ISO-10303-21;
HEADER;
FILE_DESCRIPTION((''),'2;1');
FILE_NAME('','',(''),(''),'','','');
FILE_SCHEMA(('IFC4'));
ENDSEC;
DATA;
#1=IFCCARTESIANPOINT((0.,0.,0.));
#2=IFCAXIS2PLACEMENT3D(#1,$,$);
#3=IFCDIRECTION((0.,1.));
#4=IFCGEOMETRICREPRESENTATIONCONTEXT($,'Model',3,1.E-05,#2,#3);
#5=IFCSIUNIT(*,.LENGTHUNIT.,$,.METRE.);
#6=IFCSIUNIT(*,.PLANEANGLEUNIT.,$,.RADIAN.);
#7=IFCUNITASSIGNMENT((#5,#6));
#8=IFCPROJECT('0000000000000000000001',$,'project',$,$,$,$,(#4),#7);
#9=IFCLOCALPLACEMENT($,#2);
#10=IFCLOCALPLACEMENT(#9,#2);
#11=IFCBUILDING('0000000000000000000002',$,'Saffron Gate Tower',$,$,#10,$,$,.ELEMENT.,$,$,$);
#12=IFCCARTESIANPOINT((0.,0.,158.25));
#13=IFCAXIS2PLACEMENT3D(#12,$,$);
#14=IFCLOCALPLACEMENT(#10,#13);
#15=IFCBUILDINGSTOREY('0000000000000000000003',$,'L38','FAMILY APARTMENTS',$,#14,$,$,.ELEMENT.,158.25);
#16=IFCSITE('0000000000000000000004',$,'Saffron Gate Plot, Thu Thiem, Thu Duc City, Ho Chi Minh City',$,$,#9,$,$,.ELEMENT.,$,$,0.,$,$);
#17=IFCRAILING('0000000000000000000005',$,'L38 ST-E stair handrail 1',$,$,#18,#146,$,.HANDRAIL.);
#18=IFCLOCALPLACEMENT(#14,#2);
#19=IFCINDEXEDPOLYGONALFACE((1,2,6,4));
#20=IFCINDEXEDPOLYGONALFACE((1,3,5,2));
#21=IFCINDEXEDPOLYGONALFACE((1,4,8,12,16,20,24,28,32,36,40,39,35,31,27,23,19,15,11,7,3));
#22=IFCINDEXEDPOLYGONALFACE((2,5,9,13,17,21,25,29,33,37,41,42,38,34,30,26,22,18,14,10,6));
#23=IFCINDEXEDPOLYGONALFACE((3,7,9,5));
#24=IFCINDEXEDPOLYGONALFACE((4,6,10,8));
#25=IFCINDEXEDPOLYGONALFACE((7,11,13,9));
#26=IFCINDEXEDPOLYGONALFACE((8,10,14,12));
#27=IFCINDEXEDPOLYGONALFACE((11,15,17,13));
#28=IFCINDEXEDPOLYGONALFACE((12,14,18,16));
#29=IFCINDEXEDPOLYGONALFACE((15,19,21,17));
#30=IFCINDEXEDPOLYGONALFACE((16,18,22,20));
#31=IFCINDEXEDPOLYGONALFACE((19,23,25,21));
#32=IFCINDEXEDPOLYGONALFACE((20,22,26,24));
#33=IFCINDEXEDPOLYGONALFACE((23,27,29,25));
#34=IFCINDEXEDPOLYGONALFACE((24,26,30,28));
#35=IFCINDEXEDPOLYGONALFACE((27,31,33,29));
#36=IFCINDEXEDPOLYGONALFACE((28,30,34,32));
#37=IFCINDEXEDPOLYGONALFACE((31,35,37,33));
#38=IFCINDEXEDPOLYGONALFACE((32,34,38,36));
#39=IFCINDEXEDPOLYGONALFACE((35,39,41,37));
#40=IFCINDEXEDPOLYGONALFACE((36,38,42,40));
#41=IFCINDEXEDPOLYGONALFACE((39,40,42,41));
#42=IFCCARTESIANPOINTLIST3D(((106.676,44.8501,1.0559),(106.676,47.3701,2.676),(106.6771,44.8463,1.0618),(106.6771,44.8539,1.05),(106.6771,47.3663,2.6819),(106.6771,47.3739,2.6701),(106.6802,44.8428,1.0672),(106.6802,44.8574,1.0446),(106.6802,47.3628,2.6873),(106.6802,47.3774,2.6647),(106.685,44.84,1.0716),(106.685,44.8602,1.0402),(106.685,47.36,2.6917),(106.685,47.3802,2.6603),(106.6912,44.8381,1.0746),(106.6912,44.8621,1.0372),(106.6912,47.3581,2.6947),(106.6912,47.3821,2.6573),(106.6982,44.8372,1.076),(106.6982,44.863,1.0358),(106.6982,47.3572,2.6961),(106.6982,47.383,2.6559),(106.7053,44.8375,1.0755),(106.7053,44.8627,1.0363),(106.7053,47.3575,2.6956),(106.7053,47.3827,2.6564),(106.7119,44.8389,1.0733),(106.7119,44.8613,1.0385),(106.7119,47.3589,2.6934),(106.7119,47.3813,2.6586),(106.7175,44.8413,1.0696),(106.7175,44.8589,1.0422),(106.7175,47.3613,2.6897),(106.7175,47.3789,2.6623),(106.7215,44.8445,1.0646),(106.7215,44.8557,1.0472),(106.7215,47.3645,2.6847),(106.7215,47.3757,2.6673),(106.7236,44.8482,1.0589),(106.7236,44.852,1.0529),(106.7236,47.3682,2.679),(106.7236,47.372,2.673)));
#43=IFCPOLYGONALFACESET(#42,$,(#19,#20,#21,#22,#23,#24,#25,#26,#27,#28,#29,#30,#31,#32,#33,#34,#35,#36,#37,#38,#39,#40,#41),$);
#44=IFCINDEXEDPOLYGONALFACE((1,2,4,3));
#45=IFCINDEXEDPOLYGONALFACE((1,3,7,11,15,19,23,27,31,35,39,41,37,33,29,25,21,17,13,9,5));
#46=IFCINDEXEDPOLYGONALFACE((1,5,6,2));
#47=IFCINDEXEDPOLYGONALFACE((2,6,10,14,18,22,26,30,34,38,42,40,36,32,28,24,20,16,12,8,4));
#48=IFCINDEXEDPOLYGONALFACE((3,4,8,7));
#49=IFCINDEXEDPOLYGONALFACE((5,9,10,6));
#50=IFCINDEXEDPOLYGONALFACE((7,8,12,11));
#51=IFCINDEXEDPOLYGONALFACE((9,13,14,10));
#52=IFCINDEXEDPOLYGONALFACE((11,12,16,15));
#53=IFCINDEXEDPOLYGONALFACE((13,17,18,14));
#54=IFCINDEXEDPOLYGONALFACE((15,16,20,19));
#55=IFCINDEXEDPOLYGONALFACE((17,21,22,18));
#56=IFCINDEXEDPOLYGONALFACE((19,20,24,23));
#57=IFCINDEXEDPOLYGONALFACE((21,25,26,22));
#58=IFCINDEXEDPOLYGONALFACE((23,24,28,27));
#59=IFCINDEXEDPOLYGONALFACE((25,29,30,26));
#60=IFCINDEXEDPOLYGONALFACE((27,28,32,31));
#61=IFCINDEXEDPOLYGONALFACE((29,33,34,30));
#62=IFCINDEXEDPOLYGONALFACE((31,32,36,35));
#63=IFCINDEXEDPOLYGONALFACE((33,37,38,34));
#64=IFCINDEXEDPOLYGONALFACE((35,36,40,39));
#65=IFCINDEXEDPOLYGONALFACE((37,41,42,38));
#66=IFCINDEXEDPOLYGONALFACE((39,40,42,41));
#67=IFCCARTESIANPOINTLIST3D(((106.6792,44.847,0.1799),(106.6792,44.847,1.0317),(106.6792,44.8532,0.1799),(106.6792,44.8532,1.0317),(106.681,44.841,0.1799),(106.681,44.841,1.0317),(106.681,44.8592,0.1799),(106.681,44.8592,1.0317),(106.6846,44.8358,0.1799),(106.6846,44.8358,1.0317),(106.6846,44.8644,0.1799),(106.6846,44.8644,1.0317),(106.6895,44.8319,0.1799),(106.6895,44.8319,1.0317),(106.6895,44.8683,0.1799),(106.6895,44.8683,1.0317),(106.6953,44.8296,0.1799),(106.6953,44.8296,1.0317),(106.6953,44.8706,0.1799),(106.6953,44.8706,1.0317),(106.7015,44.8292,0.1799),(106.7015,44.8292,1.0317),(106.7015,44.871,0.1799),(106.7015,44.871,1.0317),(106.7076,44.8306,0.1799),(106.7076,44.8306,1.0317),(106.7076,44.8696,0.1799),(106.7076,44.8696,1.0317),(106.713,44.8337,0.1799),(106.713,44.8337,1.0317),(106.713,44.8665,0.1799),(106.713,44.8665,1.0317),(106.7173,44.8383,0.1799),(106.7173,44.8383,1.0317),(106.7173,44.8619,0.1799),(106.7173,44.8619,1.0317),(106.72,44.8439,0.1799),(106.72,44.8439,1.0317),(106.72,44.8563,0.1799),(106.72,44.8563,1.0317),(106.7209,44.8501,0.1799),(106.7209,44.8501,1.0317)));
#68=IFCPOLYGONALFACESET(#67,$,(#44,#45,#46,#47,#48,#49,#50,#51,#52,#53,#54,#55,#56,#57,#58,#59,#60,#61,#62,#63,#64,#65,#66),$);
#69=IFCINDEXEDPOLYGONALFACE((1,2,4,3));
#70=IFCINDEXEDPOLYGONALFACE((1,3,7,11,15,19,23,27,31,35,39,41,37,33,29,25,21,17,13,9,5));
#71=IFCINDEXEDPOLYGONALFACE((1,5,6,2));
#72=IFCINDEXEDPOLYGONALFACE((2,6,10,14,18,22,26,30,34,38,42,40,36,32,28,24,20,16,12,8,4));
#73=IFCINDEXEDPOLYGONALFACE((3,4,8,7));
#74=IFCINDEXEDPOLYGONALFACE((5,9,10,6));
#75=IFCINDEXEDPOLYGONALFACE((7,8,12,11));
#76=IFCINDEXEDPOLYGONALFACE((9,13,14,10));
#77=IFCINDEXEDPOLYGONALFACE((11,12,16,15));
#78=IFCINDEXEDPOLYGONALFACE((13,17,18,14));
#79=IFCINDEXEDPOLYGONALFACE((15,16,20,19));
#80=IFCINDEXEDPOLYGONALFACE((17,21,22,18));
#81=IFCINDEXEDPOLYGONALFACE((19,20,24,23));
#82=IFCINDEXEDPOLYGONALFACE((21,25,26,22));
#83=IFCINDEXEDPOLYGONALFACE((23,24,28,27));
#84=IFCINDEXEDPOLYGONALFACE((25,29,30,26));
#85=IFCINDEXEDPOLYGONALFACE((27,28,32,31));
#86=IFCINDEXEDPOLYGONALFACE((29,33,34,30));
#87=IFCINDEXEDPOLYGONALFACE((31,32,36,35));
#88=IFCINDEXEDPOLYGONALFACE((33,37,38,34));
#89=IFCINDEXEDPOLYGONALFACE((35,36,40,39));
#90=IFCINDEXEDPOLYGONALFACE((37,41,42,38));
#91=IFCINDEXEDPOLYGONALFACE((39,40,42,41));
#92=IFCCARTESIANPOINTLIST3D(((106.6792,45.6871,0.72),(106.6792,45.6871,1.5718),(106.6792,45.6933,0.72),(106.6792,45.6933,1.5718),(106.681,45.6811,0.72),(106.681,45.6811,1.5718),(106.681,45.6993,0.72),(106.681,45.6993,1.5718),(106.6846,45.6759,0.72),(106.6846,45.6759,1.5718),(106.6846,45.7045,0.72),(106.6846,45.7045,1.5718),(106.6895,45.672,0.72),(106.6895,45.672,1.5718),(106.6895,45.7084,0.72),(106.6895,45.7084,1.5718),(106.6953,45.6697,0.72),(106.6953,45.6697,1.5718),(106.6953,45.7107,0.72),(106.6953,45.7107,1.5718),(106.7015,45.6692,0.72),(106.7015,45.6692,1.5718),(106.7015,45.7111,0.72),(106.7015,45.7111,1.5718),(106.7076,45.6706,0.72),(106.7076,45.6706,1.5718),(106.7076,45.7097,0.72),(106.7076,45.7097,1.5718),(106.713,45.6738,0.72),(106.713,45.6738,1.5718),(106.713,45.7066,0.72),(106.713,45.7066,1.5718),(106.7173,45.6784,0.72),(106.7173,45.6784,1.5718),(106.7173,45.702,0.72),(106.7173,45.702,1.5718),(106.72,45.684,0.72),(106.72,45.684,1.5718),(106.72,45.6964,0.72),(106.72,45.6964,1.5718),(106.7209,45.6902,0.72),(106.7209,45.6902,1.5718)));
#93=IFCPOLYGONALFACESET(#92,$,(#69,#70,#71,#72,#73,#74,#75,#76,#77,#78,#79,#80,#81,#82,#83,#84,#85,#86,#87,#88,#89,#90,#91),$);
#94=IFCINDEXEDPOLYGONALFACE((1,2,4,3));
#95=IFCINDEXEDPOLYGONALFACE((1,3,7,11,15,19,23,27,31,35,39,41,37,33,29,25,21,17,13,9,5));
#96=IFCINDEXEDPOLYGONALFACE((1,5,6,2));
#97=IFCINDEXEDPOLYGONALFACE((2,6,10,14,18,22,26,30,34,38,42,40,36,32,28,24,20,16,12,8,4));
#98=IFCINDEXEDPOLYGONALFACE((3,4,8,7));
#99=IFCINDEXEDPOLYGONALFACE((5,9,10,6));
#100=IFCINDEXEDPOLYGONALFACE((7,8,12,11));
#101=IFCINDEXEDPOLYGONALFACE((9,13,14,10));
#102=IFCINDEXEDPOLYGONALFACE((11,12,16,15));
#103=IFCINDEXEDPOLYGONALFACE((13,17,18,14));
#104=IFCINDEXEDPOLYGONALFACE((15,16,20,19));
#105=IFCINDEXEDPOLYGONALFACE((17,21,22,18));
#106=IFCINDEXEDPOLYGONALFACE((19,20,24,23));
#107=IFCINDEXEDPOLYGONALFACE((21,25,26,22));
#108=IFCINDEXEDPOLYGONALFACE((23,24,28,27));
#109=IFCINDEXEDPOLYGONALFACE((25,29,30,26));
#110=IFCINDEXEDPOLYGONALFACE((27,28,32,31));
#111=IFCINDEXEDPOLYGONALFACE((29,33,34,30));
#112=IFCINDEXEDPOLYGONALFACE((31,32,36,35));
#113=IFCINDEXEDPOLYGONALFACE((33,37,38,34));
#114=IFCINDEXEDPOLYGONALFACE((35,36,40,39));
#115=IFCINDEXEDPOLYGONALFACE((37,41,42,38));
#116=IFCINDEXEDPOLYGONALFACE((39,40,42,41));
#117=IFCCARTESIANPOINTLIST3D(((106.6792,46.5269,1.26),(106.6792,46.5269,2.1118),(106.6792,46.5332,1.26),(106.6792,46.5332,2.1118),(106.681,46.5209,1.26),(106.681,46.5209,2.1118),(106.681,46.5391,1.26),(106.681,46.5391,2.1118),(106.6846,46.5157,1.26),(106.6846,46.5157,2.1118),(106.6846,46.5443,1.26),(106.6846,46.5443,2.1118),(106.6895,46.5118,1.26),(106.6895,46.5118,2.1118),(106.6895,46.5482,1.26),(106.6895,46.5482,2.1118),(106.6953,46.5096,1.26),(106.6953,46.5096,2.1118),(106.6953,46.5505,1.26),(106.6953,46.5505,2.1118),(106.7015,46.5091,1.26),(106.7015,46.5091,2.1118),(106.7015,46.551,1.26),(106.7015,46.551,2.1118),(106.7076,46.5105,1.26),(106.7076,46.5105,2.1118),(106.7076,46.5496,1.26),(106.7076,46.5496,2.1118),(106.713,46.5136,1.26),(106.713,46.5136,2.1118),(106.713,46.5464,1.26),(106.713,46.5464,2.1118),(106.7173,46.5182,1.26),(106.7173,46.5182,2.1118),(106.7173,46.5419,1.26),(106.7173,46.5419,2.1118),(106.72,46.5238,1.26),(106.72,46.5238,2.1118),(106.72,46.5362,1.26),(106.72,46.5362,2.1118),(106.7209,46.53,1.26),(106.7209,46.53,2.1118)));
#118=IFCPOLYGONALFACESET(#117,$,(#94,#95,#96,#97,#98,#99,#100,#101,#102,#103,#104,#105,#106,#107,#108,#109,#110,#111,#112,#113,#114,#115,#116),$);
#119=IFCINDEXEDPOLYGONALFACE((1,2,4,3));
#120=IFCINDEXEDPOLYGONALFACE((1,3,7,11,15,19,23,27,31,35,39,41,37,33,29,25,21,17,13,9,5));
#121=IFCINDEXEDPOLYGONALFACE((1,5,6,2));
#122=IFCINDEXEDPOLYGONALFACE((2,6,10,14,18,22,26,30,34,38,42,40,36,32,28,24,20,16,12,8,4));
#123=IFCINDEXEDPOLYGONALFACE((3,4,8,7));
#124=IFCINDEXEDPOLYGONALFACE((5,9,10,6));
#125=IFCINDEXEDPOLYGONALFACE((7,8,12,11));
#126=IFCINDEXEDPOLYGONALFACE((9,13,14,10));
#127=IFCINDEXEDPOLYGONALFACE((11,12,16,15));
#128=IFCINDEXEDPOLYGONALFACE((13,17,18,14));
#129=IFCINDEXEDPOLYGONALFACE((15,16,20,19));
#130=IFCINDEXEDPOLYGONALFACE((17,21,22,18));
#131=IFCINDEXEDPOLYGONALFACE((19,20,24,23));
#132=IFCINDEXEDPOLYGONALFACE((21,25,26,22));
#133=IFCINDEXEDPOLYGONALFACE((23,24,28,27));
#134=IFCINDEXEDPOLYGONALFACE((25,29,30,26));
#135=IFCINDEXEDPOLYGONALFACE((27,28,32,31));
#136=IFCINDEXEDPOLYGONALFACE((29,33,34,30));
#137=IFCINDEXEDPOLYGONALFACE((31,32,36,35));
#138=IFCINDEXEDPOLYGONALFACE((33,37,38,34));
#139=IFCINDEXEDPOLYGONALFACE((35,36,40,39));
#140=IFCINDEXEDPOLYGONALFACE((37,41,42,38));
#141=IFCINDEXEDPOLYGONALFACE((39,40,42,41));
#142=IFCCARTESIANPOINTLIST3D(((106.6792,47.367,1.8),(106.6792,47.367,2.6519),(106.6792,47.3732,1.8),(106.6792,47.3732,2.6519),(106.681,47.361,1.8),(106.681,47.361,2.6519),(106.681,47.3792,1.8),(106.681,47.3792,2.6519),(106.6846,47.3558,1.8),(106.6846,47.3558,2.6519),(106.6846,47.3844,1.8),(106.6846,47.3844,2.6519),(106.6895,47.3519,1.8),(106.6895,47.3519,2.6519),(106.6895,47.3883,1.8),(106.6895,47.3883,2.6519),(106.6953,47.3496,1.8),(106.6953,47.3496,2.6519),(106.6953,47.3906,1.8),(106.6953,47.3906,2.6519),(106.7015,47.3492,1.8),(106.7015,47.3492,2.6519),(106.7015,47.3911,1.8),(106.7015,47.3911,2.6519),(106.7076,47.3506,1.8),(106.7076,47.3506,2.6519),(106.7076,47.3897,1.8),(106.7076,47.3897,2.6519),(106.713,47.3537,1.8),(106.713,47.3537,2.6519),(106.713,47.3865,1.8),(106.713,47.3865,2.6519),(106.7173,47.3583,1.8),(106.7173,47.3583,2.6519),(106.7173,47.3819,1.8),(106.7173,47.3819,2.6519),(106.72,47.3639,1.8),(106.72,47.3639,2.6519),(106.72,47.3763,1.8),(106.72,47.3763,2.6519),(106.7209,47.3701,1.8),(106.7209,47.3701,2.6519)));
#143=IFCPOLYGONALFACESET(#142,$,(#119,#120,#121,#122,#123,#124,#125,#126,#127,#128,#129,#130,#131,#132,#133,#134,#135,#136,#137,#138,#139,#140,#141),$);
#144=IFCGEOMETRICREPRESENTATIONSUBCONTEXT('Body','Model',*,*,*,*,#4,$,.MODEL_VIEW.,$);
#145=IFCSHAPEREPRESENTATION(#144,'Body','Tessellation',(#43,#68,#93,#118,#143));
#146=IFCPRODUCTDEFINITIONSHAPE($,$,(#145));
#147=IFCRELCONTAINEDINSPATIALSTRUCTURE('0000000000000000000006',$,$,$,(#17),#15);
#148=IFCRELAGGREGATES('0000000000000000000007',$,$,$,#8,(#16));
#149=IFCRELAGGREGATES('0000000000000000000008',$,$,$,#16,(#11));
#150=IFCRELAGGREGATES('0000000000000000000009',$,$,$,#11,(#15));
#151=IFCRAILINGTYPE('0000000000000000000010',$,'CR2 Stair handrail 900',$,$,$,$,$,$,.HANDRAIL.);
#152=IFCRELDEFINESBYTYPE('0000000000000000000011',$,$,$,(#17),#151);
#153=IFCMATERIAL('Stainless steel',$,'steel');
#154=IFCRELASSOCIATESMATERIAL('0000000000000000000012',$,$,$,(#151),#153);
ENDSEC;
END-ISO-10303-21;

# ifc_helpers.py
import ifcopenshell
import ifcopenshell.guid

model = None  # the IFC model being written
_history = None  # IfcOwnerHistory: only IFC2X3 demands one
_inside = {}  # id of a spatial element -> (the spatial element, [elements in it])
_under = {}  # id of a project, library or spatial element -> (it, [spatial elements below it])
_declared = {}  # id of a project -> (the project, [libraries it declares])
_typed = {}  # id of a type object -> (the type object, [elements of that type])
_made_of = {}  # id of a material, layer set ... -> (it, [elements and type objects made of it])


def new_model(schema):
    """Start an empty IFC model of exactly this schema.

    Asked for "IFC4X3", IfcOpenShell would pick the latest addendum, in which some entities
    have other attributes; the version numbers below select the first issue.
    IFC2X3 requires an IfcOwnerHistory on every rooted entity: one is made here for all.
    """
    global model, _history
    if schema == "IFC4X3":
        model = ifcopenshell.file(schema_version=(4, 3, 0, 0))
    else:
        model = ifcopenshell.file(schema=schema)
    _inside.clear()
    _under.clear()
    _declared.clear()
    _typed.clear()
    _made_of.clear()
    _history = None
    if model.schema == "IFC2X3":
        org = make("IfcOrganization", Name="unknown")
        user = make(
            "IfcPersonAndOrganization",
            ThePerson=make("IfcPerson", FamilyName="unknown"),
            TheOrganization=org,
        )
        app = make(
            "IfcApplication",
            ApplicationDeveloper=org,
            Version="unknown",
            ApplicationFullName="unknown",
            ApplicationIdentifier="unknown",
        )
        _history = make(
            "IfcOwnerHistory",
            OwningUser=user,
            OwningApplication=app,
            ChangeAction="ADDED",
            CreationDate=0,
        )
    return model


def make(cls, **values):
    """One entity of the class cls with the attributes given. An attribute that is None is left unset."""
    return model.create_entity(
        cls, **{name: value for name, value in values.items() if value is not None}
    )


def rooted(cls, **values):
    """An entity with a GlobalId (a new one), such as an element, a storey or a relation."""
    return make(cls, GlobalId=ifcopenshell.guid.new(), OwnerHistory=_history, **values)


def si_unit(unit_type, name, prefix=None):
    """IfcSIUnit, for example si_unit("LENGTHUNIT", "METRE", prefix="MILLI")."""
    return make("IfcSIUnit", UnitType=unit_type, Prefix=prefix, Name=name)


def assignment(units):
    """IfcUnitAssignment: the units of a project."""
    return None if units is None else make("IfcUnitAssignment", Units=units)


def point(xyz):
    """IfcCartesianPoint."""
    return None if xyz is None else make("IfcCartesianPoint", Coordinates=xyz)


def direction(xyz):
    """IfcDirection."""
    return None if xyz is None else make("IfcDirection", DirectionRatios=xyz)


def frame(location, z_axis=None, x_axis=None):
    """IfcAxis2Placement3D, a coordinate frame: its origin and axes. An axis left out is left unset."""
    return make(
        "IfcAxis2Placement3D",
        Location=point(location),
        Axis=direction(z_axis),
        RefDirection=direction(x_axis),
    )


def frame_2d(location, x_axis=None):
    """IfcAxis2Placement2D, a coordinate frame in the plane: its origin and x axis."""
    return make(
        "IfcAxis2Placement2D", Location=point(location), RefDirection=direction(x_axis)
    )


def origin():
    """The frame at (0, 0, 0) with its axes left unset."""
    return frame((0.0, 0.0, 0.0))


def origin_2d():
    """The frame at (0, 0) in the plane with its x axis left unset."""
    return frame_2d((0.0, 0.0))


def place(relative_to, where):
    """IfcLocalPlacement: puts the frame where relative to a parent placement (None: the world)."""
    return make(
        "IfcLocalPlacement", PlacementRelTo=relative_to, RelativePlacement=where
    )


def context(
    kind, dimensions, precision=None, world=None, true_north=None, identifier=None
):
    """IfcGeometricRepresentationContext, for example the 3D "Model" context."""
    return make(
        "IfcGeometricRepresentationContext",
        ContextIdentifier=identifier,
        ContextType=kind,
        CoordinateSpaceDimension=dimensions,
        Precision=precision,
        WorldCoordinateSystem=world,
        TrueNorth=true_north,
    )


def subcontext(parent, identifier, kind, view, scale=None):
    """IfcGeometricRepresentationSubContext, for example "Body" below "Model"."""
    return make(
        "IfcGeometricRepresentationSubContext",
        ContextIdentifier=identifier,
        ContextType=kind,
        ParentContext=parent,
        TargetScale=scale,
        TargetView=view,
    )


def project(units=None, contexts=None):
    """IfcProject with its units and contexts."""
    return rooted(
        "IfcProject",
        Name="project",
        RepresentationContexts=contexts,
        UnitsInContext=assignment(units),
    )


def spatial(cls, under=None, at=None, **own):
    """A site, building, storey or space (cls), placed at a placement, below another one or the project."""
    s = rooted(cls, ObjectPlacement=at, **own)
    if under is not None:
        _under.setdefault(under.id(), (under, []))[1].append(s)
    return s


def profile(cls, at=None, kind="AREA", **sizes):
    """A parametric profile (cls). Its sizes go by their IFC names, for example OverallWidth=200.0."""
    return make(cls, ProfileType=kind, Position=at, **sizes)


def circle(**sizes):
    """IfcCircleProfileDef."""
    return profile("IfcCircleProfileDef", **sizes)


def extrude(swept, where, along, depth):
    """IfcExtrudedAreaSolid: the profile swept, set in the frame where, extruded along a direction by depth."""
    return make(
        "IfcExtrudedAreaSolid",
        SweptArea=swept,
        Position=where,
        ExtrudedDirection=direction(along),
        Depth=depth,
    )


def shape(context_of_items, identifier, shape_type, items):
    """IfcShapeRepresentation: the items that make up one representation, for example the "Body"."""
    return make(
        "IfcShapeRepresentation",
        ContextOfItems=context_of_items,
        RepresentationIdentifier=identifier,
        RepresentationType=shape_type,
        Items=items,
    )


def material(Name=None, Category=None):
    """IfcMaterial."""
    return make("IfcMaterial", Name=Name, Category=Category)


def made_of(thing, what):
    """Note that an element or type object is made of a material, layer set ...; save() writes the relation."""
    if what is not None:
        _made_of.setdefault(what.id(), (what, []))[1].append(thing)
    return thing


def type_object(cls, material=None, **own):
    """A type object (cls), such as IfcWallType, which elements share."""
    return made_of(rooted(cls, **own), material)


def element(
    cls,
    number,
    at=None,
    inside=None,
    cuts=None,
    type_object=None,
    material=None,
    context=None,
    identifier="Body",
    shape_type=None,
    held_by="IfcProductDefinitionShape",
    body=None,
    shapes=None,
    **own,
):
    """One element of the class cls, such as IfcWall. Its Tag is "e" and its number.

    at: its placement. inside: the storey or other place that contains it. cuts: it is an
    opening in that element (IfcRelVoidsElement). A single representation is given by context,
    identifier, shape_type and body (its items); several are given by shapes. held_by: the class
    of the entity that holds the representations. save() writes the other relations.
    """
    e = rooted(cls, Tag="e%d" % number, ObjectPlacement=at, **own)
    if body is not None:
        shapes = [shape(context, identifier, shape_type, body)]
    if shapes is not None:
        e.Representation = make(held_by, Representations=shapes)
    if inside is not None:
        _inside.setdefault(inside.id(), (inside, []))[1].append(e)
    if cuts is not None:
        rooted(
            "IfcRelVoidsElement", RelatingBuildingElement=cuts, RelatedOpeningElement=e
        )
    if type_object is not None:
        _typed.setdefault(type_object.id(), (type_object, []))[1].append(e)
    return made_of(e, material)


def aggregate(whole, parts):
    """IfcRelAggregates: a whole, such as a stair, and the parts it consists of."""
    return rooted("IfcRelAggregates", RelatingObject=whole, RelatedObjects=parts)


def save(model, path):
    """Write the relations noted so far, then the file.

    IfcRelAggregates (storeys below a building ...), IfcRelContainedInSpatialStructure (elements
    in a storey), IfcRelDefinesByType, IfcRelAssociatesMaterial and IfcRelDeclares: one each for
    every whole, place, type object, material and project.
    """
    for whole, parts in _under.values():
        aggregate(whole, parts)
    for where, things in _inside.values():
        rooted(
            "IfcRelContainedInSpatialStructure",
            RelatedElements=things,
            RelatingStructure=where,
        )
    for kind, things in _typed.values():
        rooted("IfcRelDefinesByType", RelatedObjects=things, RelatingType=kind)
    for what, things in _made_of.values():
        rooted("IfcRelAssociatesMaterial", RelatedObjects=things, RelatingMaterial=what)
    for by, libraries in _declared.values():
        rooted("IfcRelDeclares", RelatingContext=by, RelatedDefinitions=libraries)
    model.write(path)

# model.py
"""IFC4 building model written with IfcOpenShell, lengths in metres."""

from ifc_helpers import new_model, si_unit, direction, frame, origin, origin_2d, place, context, subcontext, project, spatial, circle, extrude, material, type_object, element, save


model = new_model("IFC4")

# Units and contexts
model_context = context("Model", 3, precision=1e-05, world=origin(), true_north=direction((0.0, 1.0)))
body_context = subcontext(model_context, "Body", "Model", "MODEL_VIEW")
ifc_project = project(units=[si_unit("LENGTHUNIT", "METRE"), si_unit("PLANEANGLEUNIT", "RADIAN")], contexts=[model_context])

# Site, building, storey
site_placement = place(None, origin())
site = spatial("IfcSite", under=ifc_project, at=site_placement, Name="Saffron Gate Plot, Thu Thiem, Thu Duc City, Ho Chi Minh City", CompositionType="ELEMENT", RefElevation=0.0)
building_placement = place(site_placement, origin())
building = spatial("IfcBuilding", under=site, at=building_placement, Name="Saffron Gate Tower", CompositionType="ELEMENT")
storey_placement = place(building_placement, frame((0.0, 0.0, 158.25)))
storey = spatial("IfcBuildingStorey", under=building, at=storey_placement, Name="L38", Description="FAMILY APARTMENTS", CompositionType="ELEMENT", Elevation=158.25)

# Railing
ifc_material_1 = material(Name="Stainless steel", Category="steel")
railing_type_1 = type_object("IfcRailingType", Name="CR2 Stair handrail 900", PredefinedType="HANDRAIL", material=ifc_material_1)
railing_1_placement = place(storey_placement, frame((106.7, 44.8501, 0.1799)))
element("IfcRailing", 1, at=railing_1_placement, inside=storey, type_object=railing_type_1, Name="L38 ST-E stair handrail 1", PredefinedType="HANDRAIL", context=body_context, shape_type="SweptSolid", body=[
    extrude(circle(Radius=0.0239, at=origin_2d()), frame((0.0, 0.0, 0.876), z_axis=(0.0, 0.841163, 0.540782), x_axis=(-1.0, 0.0, 0.0)), (0.0, 0.0, 1.0), 2.9958),
    extrude(circle(Radius=0.021, at=origin_2d()), origin(), (0.0, 0.0, 1.0), 0.8518),
    extrude(circle(Radius=0.021, at=origin_2d()), frame((0.0, 0.8401, 0.54)), (0.0, 0.0, 1.0), 0.8518),
    extrude(circle(Radius=0.021, at=origin_2d()), frame((0.0, 1.6799, 1.0801)), (0.0, 0.0, 1.0), 0.8518),
    extrude(circle(Radius=0.021, at=origin_2d()), frame((0.0, 2.52, 1.6201)), (0.0, 0.0, 1.0), 0.8518),
])

save(model, "model.ifc")
